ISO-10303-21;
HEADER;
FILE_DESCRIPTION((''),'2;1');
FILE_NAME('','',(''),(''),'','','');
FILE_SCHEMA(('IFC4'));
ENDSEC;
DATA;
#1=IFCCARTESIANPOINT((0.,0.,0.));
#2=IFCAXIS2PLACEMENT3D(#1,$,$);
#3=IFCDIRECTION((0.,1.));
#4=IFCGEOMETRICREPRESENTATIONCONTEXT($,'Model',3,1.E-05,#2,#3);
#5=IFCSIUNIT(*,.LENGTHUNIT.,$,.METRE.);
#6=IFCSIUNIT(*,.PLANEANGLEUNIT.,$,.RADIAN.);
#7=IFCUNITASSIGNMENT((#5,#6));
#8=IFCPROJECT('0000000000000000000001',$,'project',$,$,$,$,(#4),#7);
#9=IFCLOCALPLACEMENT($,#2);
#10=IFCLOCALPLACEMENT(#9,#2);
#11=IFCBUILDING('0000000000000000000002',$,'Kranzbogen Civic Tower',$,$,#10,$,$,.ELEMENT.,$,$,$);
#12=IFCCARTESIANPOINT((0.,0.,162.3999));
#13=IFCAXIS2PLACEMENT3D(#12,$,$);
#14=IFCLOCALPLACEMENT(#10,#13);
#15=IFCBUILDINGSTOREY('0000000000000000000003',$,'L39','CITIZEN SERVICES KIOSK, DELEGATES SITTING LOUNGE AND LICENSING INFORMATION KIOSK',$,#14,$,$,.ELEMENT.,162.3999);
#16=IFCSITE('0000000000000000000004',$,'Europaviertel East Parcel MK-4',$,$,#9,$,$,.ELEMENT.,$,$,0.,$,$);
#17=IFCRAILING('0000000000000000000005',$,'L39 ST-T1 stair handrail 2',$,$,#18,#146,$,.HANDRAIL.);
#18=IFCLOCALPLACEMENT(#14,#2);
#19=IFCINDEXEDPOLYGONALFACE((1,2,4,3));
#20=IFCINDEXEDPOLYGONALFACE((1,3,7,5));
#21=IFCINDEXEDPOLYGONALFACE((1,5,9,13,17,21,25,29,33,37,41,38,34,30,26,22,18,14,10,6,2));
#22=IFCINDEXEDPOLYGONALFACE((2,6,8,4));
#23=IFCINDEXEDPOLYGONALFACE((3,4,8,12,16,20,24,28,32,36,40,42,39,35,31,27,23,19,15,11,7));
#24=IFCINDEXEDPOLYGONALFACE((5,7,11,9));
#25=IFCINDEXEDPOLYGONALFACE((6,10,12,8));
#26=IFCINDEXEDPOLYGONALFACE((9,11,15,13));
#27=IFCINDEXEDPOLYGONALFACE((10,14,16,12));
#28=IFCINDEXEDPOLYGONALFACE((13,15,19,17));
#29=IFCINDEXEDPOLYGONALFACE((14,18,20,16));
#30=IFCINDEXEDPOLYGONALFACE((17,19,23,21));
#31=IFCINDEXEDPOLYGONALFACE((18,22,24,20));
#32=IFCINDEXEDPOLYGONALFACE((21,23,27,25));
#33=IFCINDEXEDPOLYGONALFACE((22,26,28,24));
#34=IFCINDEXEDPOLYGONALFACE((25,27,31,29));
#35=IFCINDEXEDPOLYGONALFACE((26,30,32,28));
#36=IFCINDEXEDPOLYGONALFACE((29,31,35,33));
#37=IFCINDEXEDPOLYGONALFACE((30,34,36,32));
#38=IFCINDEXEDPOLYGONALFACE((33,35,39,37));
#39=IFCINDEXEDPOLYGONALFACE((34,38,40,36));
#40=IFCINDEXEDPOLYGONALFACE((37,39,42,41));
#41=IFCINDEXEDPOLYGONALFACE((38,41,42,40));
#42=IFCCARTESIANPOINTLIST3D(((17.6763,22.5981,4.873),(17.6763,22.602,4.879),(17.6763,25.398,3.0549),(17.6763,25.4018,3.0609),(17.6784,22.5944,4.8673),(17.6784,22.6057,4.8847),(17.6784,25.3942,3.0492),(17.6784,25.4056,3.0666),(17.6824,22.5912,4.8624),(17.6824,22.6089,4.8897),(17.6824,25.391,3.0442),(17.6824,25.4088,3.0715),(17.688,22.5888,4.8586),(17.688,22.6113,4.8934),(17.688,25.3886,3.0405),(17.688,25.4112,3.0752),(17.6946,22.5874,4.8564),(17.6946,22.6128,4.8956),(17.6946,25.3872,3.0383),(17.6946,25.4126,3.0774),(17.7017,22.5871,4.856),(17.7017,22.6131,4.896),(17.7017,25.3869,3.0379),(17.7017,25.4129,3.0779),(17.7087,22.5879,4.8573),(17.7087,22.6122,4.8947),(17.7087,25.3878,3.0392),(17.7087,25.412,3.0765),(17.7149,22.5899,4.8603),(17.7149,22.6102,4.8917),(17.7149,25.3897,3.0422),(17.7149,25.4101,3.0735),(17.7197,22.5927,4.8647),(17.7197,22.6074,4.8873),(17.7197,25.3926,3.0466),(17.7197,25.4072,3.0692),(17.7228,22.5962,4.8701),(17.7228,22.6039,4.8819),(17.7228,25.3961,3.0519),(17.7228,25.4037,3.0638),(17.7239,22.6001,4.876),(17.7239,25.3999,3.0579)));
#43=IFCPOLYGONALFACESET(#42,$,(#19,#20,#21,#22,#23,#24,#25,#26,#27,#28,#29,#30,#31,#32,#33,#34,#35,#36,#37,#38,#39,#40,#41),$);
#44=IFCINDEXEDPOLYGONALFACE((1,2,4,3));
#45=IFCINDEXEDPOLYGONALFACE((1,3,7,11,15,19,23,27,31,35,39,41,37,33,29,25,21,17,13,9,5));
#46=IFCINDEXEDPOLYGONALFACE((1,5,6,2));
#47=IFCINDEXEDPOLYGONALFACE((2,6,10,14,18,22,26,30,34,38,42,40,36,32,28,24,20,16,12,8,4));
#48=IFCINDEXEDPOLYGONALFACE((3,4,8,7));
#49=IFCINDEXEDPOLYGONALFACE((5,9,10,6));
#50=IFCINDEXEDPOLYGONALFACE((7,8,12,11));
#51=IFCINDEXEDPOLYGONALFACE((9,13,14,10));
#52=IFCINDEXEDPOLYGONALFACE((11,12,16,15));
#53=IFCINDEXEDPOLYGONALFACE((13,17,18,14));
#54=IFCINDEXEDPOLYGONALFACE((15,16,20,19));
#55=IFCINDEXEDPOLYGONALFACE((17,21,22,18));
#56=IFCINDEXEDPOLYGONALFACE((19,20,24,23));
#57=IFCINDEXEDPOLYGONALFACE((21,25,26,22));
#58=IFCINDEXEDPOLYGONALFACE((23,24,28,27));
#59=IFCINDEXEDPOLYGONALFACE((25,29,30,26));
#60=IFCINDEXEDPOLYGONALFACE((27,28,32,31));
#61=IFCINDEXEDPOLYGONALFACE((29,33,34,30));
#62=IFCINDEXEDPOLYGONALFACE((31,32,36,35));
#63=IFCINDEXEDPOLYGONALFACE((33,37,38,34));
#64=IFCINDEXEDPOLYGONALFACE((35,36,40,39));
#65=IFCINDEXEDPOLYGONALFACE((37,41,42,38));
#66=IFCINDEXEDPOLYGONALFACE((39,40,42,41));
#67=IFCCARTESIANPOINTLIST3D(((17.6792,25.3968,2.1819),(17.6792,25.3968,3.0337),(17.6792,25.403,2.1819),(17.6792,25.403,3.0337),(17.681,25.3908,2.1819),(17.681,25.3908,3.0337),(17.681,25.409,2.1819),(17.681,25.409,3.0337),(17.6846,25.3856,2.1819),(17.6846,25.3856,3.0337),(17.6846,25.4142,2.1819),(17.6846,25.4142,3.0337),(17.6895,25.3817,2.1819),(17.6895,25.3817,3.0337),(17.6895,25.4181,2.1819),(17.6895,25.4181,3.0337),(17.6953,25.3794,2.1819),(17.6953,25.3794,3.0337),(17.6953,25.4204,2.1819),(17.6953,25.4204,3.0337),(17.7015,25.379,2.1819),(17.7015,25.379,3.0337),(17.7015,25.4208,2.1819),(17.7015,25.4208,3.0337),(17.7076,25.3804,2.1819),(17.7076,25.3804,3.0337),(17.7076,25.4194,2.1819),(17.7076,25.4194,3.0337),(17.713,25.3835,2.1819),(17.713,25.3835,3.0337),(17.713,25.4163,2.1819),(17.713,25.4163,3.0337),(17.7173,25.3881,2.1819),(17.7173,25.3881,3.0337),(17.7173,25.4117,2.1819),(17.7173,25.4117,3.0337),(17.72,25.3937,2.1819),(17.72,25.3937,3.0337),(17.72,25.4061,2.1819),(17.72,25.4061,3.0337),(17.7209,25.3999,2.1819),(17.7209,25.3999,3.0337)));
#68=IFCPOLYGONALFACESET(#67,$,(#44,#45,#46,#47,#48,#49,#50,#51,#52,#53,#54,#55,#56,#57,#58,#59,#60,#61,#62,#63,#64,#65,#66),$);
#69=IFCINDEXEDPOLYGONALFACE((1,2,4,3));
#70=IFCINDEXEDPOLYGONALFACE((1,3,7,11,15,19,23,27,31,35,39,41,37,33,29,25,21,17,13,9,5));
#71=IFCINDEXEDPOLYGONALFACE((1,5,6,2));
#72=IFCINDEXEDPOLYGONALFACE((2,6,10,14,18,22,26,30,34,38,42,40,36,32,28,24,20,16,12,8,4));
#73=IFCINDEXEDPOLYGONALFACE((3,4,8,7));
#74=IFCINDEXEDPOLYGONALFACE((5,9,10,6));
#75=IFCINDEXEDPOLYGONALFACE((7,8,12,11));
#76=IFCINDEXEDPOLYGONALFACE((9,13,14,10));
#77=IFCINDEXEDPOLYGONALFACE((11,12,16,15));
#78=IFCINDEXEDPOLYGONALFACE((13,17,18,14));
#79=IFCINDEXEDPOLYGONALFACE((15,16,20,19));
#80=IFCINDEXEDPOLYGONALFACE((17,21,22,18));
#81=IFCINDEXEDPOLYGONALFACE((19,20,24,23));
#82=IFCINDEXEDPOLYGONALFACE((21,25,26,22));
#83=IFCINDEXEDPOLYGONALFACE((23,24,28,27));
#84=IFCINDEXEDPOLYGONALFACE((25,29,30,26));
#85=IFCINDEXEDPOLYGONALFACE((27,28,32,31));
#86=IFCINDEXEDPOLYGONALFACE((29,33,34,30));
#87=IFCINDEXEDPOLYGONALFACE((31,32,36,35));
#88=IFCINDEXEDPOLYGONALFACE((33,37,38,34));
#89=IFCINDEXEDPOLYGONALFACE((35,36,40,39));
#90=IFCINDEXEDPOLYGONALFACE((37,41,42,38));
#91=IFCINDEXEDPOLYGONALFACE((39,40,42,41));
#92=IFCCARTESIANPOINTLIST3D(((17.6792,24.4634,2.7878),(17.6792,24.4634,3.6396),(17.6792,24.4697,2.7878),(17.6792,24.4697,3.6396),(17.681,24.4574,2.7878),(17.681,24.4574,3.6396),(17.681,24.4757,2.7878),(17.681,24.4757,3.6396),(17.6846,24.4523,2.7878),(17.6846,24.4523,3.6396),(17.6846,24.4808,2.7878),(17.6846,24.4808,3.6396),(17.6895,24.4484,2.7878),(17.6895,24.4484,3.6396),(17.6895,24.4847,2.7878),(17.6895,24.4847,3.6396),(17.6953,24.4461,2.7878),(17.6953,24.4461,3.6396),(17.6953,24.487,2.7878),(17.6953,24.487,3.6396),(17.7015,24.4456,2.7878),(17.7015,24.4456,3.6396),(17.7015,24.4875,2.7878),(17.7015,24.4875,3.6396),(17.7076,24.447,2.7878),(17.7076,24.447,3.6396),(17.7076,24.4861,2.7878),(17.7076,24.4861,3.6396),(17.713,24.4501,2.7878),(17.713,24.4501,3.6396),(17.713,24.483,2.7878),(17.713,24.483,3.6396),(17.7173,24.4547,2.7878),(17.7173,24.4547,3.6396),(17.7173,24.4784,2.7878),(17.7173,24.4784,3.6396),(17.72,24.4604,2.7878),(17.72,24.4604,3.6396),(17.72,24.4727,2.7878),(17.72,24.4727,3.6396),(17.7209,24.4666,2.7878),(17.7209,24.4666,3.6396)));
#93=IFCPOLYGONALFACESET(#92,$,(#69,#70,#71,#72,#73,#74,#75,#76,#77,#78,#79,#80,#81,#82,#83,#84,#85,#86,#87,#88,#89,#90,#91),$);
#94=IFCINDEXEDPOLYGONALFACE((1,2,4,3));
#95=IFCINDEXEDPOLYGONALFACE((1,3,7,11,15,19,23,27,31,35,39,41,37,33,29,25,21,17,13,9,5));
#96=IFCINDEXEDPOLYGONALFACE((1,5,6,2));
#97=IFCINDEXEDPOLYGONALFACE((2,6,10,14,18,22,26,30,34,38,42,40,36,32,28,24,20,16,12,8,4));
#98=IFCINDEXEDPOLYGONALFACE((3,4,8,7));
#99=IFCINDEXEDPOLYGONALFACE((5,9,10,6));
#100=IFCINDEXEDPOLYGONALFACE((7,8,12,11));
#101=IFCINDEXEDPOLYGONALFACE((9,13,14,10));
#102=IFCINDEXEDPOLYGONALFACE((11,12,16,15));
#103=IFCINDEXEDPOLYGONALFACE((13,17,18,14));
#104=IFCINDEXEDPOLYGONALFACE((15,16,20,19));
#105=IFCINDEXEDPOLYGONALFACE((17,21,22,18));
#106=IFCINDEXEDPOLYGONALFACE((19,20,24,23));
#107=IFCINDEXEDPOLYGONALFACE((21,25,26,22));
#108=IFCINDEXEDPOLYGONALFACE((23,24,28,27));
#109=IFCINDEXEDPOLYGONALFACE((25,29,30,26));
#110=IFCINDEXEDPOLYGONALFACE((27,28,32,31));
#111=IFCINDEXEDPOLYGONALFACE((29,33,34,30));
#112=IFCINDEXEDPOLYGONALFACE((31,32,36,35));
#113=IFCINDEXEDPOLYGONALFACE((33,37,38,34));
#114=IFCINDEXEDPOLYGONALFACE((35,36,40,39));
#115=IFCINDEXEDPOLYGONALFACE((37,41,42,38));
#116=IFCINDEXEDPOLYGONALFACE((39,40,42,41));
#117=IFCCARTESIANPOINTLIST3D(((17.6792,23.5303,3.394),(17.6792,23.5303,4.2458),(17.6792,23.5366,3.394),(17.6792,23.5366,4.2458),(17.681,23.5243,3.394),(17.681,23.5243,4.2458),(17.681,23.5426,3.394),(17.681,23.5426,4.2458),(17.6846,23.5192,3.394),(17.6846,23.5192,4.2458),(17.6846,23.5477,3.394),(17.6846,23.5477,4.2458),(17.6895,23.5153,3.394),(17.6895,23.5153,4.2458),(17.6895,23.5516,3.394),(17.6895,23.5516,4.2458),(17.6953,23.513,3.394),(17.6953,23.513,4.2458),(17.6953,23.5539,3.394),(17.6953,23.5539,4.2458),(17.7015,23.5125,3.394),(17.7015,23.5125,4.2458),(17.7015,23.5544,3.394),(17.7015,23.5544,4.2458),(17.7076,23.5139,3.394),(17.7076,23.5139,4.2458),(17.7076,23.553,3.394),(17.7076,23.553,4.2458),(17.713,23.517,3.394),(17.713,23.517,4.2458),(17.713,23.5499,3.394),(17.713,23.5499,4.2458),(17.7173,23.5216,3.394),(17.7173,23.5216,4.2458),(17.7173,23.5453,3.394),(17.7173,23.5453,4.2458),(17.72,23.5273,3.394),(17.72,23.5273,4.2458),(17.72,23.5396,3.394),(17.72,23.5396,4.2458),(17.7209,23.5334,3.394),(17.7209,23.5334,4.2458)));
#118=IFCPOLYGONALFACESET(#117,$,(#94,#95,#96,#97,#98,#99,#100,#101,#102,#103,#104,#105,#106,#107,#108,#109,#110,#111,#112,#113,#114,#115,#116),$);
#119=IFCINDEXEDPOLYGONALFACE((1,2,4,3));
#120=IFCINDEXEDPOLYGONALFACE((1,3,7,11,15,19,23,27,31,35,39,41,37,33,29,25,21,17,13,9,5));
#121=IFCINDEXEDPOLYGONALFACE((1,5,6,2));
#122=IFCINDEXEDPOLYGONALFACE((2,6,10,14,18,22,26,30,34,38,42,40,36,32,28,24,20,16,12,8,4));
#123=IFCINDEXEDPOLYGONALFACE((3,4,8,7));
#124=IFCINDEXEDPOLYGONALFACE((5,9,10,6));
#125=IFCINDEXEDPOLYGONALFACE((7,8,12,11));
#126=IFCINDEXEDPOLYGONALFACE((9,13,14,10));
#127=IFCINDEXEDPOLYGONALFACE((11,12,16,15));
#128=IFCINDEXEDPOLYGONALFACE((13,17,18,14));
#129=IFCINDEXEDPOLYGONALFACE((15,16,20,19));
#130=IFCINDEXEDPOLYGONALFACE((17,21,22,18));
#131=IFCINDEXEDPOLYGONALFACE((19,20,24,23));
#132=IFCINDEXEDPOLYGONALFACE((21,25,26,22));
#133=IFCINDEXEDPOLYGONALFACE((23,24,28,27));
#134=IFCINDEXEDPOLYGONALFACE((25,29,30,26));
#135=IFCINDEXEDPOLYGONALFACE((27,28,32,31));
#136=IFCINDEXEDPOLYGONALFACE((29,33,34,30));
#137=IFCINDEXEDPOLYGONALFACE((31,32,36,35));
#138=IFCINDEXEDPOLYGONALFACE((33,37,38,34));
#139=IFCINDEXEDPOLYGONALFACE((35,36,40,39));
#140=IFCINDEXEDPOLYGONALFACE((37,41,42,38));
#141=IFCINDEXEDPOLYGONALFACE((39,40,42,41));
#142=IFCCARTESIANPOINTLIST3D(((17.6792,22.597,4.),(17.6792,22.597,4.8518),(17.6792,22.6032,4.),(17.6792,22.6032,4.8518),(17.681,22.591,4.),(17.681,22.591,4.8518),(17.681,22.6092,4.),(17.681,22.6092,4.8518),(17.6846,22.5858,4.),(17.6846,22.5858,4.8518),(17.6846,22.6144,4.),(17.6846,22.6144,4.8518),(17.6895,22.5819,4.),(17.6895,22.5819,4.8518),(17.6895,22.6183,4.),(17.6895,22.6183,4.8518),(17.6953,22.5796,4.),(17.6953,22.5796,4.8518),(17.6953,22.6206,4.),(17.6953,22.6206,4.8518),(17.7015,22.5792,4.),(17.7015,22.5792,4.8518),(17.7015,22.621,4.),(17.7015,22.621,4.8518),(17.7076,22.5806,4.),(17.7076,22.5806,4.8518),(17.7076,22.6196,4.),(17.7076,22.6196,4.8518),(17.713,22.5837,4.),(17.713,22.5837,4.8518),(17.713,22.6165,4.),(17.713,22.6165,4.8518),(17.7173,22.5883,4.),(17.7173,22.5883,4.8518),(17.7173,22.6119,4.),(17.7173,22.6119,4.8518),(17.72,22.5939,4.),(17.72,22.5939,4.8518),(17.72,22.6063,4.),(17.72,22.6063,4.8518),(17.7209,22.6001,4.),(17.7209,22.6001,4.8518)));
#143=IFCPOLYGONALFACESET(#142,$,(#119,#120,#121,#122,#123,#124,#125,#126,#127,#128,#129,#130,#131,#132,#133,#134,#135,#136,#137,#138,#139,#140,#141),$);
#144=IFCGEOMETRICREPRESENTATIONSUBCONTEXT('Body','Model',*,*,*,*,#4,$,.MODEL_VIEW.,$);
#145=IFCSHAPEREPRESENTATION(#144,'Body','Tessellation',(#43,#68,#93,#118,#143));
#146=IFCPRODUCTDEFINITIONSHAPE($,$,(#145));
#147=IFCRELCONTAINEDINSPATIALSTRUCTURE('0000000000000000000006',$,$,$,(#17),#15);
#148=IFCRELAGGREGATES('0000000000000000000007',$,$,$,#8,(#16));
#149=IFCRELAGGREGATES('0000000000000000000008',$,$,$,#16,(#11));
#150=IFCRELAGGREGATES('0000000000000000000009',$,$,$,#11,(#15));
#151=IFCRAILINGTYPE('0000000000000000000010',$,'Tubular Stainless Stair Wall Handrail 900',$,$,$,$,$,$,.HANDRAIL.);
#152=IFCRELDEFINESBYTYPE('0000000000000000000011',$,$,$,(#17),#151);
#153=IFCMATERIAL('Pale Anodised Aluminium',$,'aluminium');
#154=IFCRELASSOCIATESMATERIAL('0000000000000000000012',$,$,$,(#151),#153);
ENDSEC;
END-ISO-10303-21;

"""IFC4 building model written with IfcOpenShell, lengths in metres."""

from ifc_helpers import new_model, si_unit, direction, frame, origin, origin_2d, place, context, subcontext, project, spatial, circle, extrude, material, type_object, element, save


model = new_model("IFC4")

# Units and contexts
model_context = context("Model", 3, precision=1e-05, world=origin(), true_north=direction((0.0, 1.0)))
body_context = subcontext(model_context, "Body", "Model", "MODEL_VIEW")
ifc_project = project(units=[si_unit("LENGTHUNIT", "METRE"), si_unit("PLANEANGLEUNIT", "RADIAN")], contexts=[model_context])

# Site, building, storey
site_placement = place(None, origin())
site = spatial("IfcSite", under=ifc_project, at=site_placement, Name="Europaviertel East Parcel MK-4", CompositionType="ELEMENT", RefElevation=0.0)
building_placement = place(site_placement, origin())
building = spatial("IfcBuilding", under=site, at=building_placement, Name="Kranzbogen Civic Tower", CompositionType="ELEMENT")
storey_placement = place(building_placement, frame((0.0, 0.0, 162.3999)))
storey = spatial("IfcBuildingStorey", under=building, at=storey_placement, Name="L39", Description="CITIZEN SERVICES KIOSK, DELEGATES SITTING LOUNGE AND LICENSING INFORMATION KIOSK", CompositionType="ELEMENT", Elevation=162.3999)

# Shared definitions
ifc_material_1 = material(Name="Pale Anodised Aluminium", Category="aluminium")

# Railing
railing_type_1 = type_object("IfcRailingType", Name="Tubular Stainless Stair Wall Handrail 900", PredefinedType="HANDRAIL", material=ifc_material_1)
railing_1_placement = place(storey_placement, frame((17.7, 25.3999, 2.1819)))
element("IfcRailing", 1, at=railing_1_placement, inside=storey, type_object=railing_type_1, Name="L39 ST-T1 stair handrail 2", PredefinedType="HANDRAIL", context=body_context, shape_type="SweptSolid", body=[
    extrude(circle(Radius=0.0239, at=origin_2d()), frame((0.0, 0.0, 0.876), z_axis=(0.0, -0.838684, 0.544618), x_axis=(1.0, 0.0, 0.0)), (0.0, 0.0, 1.0), 3.3384),
    extrude(circle(Radius=0.021, at=origin_2d()), origin(), (0.0, 0.0, 1.0), 0.8518),
    extrude(circle(Radius=0.021, at=origin_2d()), frame((0.0, -0.9333, 0.606)), (0.0, 0.0, 1.0), 0.8518),
    extrude(circle(Radius=0.021, at=origin_2d()), frame((0.0, -1.8665, 1.2122)), (0.0, 0.0, 1.0), 0.8518),
    extrude(circle(Radius=0.021, at=origin_2d()), frame((0.0, -2.7998, 1.8181)), (0.0, 0.0, 1.0), 0.8518),
])

save(model, "model.ifc")
